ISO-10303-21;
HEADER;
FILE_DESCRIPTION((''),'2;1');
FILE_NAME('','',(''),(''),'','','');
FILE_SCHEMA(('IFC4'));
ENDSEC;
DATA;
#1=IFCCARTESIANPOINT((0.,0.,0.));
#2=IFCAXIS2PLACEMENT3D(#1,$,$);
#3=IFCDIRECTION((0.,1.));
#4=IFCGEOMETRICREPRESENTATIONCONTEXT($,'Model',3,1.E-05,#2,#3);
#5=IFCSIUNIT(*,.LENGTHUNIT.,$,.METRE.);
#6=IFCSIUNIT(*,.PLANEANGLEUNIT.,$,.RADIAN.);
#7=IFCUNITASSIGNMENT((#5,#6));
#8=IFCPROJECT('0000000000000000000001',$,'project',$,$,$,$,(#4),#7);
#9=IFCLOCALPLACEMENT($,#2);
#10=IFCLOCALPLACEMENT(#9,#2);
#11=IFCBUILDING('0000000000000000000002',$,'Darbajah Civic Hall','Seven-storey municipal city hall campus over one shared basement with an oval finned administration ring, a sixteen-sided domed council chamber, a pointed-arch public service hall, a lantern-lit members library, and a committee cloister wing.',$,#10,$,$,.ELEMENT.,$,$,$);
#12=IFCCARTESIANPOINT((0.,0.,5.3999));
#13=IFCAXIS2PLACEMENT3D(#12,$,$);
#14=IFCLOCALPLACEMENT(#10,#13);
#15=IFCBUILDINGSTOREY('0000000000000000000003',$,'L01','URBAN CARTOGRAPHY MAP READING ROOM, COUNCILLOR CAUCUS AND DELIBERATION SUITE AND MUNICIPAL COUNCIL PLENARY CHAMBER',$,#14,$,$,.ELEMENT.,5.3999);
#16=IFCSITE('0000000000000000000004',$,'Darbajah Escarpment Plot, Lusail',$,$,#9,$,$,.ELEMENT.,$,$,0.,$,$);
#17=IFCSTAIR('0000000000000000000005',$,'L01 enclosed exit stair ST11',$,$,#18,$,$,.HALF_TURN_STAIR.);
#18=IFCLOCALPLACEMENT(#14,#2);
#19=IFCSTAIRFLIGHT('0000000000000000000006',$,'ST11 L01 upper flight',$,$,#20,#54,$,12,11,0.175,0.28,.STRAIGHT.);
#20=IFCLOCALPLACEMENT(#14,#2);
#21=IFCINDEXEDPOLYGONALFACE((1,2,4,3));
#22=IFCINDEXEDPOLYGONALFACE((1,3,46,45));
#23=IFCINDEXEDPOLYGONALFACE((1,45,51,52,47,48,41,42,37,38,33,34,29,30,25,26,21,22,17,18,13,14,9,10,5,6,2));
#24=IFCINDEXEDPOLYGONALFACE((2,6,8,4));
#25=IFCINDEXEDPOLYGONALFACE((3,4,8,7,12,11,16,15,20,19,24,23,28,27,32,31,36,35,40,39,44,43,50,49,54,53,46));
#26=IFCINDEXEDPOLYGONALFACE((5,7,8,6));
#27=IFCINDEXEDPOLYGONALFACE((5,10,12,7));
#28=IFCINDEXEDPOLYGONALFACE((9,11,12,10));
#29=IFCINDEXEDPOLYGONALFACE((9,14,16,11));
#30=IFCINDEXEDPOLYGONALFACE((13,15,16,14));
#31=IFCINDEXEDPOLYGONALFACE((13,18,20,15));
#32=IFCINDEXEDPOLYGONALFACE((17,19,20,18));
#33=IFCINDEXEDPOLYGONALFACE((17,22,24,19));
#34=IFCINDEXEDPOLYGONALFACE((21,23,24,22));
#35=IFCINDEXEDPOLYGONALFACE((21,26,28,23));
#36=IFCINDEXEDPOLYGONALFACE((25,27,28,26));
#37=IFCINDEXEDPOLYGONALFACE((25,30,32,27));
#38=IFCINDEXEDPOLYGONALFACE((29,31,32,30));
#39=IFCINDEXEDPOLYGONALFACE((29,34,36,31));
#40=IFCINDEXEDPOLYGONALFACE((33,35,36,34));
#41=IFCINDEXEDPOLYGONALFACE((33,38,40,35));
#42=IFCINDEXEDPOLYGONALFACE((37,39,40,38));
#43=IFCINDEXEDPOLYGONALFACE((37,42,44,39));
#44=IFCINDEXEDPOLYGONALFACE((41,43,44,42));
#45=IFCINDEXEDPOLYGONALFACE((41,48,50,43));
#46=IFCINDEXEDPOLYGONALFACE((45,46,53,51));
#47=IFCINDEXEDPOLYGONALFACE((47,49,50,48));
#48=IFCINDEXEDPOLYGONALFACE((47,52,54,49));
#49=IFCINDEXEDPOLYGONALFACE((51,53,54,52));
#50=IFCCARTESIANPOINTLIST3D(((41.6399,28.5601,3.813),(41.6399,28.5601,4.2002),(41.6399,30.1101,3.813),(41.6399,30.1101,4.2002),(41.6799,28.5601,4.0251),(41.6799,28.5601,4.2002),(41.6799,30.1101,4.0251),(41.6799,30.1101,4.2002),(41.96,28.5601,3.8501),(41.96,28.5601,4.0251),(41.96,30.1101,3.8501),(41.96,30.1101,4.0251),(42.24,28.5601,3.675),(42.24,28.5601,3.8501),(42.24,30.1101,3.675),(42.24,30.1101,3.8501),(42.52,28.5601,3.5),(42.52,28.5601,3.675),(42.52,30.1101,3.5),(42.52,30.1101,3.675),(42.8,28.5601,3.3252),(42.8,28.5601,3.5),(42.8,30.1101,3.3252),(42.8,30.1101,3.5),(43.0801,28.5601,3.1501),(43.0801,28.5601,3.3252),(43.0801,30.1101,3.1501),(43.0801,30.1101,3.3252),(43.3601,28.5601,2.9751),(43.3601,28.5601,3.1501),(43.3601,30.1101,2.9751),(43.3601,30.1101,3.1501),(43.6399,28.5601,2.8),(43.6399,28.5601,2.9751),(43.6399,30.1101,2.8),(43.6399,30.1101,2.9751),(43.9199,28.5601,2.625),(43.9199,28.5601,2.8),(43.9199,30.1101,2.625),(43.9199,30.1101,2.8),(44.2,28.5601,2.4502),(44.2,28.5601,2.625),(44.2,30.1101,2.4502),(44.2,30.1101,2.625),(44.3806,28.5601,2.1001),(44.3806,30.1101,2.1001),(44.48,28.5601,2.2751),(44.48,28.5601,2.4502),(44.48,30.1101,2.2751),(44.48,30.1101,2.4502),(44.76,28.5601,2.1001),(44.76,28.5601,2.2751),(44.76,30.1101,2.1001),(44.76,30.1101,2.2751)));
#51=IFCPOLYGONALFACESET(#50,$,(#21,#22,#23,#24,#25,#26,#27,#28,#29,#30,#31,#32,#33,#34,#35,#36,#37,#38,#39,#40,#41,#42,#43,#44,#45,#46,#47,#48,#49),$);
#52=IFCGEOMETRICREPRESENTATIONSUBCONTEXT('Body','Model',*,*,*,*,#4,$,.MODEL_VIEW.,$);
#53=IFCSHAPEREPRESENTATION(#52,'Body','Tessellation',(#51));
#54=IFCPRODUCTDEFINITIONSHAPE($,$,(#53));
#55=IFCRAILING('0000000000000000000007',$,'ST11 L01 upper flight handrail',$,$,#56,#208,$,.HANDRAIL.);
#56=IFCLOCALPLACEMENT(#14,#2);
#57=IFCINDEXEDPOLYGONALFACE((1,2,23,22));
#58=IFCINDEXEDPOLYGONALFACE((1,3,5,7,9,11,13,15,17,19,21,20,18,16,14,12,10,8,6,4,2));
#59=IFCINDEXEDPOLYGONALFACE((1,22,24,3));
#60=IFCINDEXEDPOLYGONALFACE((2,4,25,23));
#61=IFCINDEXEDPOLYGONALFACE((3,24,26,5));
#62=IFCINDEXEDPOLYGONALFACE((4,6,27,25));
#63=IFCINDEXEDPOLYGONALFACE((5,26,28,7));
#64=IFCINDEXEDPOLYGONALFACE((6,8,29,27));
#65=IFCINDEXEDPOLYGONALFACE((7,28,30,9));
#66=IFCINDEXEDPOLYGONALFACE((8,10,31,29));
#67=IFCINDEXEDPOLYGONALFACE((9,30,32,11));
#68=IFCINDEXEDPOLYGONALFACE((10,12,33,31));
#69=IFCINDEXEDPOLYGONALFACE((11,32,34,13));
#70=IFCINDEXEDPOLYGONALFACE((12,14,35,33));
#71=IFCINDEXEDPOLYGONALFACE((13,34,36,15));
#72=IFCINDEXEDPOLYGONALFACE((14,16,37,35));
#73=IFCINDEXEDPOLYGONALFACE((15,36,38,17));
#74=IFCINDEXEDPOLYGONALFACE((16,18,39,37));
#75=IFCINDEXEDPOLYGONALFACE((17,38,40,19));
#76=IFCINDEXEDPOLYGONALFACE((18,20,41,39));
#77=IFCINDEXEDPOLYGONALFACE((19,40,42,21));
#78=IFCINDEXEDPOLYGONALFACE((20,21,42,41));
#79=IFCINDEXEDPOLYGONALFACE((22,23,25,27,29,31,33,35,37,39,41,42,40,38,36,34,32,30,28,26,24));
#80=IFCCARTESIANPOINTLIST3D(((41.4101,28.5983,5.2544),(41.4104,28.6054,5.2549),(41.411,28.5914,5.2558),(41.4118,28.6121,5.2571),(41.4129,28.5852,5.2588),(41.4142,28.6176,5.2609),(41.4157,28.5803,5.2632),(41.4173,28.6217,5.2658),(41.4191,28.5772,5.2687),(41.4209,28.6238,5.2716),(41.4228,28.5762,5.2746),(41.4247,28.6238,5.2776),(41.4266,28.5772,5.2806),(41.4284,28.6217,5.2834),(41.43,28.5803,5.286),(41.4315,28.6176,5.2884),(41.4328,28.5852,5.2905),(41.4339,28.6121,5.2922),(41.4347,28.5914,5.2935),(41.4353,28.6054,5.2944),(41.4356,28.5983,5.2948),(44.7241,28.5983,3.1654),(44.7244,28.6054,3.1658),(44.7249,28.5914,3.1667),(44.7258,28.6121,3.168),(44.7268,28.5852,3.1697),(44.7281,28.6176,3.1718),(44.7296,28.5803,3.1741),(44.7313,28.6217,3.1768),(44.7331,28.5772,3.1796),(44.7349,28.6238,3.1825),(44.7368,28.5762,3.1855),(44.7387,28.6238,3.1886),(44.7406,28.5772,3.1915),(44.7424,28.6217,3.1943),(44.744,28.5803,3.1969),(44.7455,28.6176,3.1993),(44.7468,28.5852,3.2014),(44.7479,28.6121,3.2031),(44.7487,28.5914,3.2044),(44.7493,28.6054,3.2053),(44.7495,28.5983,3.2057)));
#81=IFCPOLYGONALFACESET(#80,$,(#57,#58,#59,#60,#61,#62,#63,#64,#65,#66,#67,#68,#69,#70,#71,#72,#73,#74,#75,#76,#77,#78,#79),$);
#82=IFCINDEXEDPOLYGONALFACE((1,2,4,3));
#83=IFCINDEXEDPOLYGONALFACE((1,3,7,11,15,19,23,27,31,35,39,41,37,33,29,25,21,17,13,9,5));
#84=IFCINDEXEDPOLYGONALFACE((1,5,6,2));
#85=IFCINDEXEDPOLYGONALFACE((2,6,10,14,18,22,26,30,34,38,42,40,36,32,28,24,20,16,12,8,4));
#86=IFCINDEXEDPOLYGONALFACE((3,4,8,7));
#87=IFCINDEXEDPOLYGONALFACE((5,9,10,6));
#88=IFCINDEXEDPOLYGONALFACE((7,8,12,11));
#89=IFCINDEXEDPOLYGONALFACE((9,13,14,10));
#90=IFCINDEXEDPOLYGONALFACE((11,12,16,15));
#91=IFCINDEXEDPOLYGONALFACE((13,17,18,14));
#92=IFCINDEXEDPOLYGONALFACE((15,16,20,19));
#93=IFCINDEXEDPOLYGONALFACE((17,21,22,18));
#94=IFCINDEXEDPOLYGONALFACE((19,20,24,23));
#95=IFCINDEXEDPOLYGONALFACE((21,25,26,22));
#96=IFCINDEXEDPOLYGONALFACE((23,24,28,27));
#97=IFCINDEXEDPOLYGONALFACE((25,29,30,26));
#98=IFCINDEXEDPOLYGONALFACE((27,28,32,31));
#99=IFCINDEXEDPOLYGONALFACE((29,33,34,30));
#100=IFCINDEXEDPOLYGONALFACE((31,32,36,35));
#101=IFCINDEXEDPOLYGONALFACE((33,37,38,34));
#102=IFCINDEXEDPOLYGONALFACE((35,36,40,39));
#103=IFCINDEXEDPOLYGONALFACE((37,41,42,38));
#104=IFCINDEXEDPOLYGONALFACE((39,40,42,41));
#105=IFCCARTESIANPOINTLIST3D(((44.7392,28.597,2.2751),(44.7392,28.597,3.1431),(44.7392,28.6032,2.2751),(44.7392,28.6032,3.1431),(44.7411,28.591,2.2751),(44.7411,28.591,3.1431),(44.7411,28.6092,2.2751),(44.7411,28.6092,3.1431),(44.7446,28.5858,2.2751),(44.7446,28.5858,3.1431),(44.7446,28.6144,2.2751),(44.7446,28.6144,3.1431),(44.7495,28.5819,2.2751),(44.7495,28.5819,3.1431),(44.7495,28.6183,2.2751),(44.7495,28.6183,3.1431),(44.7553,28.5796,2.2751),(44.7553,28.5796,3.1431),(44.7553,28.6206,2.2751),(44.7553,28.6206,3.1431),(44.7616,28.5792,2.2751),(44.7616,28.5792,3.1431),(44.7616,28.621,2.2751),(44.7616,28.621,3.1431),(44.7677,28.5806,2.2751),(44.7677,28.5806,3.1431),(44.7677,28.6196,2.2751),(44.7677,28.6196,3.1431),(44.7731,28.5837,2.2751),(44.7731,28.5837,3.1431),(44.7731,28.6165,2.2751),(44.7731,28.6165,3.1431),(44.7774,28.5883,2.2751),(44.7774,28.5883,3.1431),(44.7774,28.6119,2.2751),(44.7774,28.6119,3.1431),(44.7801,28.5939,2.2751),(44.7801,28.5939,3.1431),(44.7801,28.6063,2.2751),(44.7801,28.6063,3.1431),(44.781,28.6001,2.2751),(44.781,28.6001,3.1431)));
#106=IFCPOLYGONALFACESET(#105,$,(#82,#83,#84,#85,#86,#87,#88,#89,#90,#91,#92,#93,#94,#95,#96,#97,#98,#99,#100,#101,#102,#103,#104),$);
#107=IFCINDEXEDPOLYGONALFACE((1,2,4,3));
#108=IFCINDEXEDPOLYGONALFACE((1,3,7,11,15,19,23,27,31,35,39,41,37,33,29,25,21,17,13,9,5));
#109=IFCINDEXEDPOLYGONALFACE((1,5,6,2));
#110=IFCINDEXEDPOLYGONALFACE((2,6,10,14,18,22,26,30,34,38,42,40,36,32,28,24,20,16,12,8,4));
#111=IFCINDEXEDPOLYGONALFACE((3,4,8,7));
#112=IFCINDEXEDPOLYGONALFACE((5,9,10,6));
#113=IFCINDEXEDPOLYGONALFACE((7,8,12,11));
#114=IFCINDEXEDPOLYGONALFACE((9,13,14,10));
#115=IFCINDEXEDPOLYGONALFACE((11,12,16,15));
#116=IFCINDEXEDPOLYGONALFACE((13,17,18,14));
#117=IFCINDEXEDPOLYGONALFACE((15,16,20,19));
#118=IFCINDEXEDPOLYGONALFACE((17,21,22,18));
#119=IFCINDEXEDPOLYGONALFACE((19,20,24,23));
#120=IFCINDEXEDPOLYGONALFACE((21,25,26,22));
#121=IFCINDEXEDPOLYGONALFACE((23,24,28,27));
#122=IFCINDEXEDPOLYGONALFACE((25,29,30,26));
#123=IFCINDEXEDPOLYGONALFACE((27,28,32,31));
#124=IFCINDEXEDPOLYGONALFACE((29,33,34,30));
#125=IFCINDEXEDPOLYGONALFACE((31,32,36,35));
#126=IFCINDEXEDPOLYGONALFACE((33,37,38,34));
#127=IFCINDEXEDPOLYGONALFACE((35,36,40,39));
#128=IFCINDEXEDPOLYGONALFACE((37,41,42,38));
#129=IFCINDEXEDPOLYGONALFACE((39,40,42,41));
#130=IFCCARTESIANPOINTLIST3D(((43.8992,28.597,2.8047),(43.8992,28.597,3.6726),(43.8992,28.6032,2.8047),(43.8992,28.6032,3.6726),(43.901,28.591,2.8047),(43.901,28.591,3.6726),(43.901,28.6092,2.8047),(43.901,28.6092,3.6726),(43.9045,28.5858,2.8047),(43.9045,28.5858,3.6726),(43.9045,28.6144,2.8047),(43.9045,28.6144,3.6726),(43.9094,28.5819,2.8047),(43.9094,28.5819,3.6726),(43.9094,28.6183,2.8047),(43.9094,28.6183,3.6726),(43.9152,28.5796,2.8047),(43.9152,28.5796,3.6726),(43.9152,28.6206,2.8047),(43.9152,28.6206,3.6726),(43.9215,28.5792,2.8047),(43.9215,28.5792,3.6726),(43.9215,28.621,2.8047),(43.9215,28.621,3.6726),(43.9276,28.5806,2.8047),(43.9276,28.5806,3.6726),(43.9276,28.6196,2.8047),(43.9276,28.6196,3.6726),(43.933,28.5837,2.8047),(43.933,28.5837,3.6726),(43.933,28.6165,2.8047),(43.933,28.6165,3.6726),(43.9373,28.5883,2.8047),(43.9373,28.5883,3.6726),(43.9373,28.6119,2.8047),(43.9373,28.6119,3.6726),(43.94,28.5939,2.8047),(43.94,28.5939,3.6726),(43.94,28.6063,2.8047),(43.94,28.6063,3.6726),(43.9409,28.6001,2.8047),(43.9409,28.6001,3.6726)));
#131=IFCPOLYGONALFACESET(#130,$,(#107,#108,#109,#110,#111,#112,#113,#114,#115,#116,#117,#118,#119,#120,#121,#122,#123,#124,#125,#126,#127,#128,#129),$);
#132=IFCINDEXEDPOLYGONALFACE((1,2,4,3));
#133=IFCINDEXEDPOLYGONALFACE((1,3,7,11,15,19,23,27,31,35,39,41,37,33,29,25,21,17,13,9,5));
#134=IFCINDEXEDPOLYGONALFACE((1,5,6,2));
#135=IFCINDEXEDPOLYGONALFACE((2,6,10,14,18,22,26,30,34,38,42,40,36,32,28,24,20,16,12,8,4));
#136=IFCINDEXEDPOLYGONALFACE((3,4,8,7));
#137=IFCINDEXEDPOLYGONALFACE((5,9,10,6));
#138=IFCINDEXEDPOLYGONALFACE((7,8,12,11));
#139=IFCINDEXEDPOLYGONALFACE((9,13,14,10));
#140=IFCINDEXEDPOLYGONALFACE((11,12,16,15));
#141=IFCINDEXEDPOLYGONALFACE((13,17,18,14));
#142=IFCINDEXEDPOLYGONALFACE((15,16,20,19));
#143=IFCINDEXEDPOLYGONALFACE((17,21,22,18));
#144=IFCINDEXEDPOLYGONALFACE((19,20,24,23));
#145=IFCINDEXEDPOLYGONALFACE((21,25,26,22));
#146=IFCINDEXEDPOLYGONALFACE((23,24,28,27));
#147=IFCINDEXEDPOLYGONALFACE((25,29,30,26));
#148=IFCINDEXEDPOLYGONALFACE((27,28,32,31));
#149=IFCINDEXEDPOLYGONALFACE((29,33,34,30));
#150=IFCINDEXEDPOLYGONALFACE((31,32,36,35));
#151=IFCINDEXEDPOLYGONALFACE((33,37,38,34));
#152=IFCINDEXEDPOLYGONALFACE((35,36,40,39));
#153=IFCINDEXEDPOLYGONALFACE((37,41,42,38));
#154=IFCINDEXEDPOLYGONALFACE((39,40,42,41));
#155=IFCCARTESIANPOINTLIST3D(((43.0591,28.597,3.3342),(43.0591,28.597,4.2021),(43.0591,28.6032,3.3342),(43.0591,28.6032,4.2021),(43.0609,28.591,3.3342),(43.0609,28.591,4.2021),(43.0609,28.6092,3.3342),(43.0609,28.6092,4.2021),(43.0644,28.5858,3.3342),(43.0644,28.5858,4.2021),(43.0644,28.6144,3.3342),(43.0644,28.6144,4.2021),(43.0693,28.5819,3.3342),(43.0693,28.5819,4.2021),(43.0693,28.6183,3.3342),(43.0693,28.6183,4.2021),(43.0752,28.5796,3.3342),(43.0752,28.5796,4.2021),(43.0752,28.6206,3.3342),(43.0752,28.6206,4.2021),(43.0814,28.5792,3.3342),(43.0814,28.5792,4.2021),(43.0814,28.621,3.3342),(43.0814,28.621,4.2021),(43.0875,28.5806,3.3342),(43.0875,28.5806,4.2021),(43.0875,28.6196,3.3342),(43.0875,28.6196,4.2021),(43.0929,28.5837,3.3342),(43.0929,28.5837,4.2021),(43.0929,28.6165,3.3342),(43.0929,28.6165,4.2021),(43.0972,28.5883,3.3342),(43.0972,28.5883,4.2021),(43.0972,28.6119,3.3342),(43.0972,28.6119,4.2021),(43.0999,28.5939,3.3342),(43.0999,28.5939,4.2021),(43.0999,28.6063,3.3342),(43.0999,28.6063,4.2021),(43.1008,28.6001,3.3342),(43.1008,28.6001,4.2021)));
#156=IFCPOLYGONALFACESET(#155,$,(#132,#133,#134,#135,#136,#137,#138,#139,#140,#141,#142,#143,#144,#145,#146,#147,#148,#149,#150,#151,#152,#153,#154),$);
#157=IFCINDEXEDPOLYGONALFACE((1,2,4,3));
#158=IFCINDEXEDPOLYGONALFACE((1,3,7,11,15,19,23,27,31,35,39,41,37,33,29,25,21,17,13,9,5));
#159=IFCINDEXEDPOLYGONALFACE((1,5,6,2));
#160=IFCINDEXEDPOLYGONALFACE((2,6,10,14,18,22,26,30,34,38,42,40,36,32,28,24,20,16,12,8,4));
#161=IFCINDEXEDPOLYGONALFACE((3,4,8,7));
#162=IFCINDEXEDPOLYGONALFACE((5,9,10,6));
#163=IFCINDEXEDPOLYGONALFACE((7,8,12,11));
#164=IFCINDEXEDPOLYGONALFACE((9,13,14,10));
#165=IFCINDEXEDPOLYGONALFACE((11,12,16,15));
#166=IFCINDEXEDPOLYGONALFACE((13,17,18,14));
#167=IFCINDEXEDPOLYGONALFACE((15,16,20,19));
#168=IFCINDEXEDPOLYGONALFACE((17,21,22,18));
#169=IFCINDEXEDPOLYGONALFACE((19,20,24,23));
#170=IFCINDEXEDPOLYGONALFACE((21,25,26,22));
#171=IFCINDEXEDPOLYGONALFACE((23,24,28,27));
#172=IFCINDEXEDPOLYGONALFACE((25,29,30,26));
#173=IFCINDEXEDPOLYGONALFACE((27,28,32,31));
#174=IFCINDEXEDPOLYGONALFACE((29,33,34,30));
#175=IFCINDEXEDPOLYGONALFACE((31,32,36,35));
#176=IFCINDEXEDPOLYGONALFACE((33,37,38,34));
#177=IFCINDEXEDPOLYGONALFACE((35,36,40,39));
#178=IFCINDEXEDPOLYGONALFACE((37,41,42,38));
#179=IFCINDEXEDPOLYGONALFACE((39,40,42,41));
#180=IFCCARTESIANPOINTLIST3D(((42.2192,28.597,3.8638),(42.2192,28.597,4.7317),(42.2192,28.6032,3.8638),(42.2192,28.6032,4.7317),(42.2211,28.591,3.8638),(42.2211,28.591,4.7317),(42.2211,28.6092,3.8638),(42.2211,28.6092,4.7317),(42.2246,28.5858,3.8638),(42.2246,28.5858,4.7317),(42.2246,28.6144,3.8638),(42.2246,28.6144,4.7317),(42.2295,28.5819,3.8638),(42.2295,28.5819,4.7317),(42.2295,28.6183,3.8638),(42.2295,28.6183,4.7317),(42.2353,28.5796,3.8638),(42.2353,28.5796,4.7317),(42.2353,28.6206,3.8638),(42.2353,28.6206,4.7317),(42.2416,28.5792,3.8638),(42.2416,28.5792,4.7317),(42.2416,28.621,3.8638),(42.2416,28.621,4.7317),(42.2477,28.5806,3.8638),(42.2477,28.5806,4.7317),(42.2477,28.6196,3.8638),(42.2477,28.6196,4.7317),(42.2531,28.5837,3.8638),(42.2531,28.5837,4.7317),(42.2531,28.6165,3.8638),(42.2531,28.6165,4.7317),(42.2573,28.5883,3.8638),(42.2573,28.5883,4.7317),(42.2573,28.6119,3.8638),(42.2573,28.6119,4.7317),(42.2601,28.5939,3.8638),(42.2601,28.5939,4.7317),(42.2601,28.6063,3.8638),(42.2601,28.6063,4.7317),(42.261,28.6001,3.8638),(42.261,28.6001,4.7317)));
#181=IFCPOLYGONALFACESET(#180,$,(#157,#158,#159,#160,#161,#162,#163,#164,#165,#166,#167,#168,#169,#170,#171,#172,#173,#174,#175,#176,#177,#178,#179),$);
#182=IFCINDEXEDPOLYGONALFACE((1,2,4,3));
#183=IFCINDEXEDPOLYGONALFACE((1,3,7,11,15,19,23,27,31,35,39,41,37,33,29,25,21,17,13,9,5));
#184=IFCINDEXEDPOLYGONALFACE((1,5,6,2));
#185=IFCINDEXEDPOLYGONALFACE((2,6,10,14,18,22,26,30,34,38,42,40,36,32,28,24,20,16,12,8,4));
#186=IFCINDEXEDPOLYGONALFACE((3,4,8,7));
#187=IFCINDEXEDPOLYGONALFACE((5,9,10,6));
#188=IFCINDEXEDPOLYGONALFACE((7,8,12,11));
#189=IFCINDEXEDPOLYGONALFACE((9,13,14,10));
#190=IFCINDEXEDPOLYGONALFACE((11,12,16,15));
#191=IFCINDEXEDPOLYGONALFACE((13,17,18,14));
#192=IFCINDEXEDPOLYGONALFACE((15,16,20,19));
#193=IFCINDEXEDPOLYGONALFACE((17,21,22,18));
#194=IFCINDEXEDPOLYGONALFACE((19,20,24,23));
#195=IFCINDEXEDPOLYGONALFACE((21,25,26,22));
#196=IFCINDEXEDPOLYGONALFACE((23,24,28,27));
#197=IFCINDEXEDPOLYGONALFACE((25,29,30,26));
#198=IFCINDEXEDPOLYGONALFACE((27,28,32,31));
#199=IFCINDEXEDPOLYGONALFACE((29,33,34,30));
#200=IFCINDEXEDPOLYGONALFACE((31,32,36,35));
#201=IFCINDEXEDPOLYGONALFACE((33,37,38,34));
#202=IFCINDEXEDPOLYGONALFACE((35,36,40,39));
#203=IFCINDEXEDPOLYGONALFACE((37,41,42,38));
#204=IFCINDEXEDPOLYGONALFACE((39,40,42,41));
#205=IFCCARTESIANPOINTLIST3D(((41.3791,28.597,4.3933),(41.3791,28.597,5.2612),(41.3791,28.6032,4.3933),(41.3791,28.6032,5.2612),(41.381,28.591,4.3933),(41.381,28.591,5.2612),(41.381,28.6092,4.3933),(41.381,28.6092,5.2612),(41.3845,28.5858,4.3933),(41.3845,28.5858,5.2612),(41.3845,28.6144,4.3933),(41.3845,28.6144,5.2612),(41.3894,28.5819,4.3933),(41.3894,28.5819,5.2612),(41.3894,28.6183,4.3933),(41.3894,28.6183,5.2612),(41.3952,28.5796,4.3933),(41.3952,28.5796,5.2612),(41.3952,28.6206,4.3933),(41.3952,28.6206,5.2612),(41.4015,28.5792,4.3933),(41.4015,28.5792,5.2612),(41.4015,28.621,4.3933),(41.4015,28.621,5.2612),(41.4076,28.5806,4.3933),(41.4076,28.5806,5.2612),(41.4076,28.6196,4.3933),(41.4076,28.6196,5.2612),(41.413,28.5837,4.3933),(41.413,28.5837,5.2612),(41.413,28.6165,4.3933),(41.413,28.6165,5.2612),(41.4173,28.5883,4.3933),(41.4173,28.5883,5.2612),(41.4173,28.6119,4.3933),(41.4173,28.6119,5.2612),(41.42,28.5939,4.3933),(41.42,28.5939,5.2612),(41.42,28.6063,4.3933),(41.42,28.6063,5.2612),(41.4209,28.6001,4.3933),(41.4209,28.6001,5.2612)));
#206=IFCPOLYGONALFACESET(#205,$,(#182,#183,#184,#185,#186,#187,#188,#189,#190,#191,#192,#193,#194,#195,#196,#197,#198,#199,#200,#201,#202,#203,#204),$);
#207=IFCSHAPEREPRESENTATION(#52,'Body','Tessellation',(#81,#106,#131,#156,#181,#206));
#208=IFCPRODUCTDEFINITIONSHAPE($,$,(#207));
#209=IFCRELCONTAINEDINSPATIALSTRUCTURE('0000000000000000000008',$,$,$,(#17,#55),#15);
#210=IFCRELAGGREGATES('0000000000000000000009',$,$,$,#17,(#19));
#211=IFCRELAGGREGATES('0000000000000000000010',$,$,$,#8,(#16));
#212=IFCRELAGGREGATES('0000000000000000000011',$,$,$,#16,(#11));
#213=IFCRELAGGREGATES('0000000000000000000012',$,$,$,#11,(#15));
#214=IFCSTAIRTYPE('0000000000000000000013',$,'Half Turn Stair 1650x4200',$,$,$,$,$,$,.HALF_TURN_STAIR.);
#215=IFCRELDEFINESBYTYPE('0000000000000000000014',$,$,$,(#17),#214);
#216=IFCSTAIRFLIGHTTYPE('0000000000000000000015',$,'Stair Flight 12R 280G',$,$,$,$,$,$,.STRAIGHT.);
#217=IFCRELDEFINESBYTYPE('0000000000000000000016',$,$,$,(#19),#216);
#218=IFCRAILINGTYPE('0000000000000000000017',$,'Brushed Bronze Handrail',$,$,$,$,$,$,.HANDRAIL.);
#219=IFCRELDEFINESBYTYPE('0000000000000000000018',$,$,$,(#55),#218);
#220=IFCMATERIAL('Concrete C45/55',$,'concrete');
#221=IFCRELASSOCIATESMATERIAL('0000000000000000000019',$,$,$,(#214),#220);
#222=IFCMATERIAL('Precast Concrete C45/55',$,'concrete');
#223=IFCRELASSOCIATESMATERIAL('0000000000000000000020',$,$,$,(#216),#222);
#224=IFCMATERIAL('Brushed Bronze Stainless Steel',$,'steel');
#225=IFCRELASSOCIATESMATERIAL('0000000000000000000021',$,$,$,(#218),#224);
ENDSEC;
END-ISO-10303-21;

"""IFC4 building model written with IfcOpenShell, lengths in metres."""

from ifc_helpers import new_model, si_unit, direction, frame, origin, origin_2d, place, context, subcontext, project, spatial, polyline, circle, outline, extrude, material, type_object, element, aggregate, save


model = new_model("IFC4")

# Units and contexts
model_context = context("Model", 3, precision=1e-05, world=origin(), true_north=direction((0.0, 1.0)))
body_context = subcontext(model_context, "Body", "Model", "MODEL_VIEW")
ifc_project = project(units=[si_unit("LENGTHUNIT", "METRE"), si_unit("PLANEANGLEUNIT", "RADIAN")], contexts=[model_context])

# Site, building, storey
site_placement = place(None, origin())
site = spatial("IfcSite", under=ifc_project, at=site_placement, Name="Darbajah Escarpment Plot, Lusail", CompositionType="ELEMENT", RefElevation=0.0)
building_placement = place(site_placement, origin())
building = spatial("IfcBuilding", under=site, at=building_placement, Name="Darbajah Civic Hall", Description="Seven-storey municipal city hall campus over one shared basement with an oval finned administration ring, a sixteen-sided domed council chamber, a pointed-arch public service hall, a lantern-lit members library, and a committee cloister wing.", CompositionType="ELEMENT")
storey_placement = place(building_placement, frame((0.0, 0.0, 5.3999)))
storey = spatial("IfcBuildingStorey", under=building, at=storey_placement, Name="L01", Description="URBAN CARTOGRAPHY MAP READING ROOM, COUNCILLOR CAUCUS AND DELIBERATION SUITE AND MUNICIPAL COUNCIL PLENARY CHAMBER", CompositionType="ELEMENT", Elevation=5.3999)

# Shared definitions
ifc_material_1 = material(Name="Concrete C45/55", Category="concrete")

# Stair, stair flight
stair_type = type_object("IfcStairType", Name="Half Turn Stair 1650x4200", PredefinedType="HALF_TURN_STAIR", material=ifc_material_1)
stair_placement = place(storey_placement, origin())
stair = element("IfcStair", 1, at=stair_placement, inside=storey, type_object=stair_type, Name="L01 enclosed exit stair ST11", PredefinedType="HALF_TURN_STAIR")
ifc_material_2 = material(Name="Precast Concrete C45/55", Category="concrete")
stair_flight_type = type_object("IfcStairFlightType", Name="Stair Flight 12R 280G", PredefinedType="STRAIGHT", material=ifc_material_2)
stair_flight_placement = place(storey_placement, frame((44.76, 29.335, 2.1001), z_axis=(0.0, 0.0, 1.0), x_axis=(-1.0, 0.0, 0.0)))
stair_flight = element("IfcStairFlight", 2, at=stair_flight_placement, type_object=stair_flight_type, Name="ST11 L01 upper flight", NumberOfRisers=12, NumberOfTreads=11, PredefinedType="STRAIGHT", RiserHeight=0.175, TreadLength=0.28, context=body_context, shape_type="SweptSolid", body=[
    extrude(outline(polyline([(0.0, 0.0), (0.0, 0.175), (0.28, 0.175), (0.28, 0.3501), (0.5601, 0.3501), (0.5601, 0.5249), (0.8401, 0.5249), (0.8401, 0.7), (1.1201, 0.7), (1.1201, 0.875), (1.3999, 0.875), (1.3999, 1.05), (1.6799, 1.05), (1.6799, 1.2251), (1.96, 1.2251), (1.96, 1.3999), (2.24, 1.3999), (2.24, 1.575), (2.52, 1.575), (2.52, 1.75), (2.8, 1.75), (2.8, 1.925), (3.0801, 1.925), (3.0801, 2.1001), (3.1201, 2.1001), (3.1201, 1.7129), (0.3794, 0.0), (0.0, 0.0)])), frame((0.0, 0.7749, 0.0), z_axis=(0.0, -1.0, 0.0), x_axis=(1.0, 0.0, 0.0)), (0.0, 0.0, 1.0), 1.55),
])
aggregate(stair, [stair_flight])

# Railing
ifc_material_3 = material(Name="Brushed Bronze Stainless Steel", Category="steel")
railing_type_1 = type_object("IfcRailingType", Name="Brushed Bronze Handrail", PredefinedType="HANDRAIL", material=ifc_material_3)
railing_1_placement = place(storey_placement, frame((44.76, 28.6001, 2.2751)))
element("IfcRailing", 3, at=railing_1_placement, inside=storey, type_object=railing_type_1, Name="ST11 L01 upper flight handrail", PredefinedType="HANDRAIL", context=body_context, shape_type="SweptSolid", body=[
    extrude(circle(Radius=0.0239, at=origin_2d()), frame((-0.0232, 0.0, 0.9104), z_axis=(-0.845944, 0.0, 0.533271), x_axis=(0.0, -1.0, 0.0)), (0.0, 0.0, 1.0), 3.9175),
    extrude(circle(Radius=0.021, at=origin_2d()), origin(), (0.0, 0.0, 1.0), 0.8679),
    extrude(circle(Radius=0.021, at=origin_2d()), frame((-0.8401, 0.0, 0.5295)), (0.0, 0.0, 1.0), 0.8679),
    extrude(circle(Radius=0.021, at=origin_2d()), frame((-1.6802, 0.0, 1.0591)), (0.0, 0.0, 1.0), 0.8679),
    extrude(circle(Radius=0.021, at=origin_2d()), frame((-2.52, 0.0, 1.5886)), (0.0, 0.0, 1.0), 0.8679),
    extrude(circle(Radius=0.021, at=origin_2d()), frame((-3.3601, 0.0, 2.1182)), (0.0, 0.0, 1.0), 0.8679),
])

save(model, "model.ifc")
